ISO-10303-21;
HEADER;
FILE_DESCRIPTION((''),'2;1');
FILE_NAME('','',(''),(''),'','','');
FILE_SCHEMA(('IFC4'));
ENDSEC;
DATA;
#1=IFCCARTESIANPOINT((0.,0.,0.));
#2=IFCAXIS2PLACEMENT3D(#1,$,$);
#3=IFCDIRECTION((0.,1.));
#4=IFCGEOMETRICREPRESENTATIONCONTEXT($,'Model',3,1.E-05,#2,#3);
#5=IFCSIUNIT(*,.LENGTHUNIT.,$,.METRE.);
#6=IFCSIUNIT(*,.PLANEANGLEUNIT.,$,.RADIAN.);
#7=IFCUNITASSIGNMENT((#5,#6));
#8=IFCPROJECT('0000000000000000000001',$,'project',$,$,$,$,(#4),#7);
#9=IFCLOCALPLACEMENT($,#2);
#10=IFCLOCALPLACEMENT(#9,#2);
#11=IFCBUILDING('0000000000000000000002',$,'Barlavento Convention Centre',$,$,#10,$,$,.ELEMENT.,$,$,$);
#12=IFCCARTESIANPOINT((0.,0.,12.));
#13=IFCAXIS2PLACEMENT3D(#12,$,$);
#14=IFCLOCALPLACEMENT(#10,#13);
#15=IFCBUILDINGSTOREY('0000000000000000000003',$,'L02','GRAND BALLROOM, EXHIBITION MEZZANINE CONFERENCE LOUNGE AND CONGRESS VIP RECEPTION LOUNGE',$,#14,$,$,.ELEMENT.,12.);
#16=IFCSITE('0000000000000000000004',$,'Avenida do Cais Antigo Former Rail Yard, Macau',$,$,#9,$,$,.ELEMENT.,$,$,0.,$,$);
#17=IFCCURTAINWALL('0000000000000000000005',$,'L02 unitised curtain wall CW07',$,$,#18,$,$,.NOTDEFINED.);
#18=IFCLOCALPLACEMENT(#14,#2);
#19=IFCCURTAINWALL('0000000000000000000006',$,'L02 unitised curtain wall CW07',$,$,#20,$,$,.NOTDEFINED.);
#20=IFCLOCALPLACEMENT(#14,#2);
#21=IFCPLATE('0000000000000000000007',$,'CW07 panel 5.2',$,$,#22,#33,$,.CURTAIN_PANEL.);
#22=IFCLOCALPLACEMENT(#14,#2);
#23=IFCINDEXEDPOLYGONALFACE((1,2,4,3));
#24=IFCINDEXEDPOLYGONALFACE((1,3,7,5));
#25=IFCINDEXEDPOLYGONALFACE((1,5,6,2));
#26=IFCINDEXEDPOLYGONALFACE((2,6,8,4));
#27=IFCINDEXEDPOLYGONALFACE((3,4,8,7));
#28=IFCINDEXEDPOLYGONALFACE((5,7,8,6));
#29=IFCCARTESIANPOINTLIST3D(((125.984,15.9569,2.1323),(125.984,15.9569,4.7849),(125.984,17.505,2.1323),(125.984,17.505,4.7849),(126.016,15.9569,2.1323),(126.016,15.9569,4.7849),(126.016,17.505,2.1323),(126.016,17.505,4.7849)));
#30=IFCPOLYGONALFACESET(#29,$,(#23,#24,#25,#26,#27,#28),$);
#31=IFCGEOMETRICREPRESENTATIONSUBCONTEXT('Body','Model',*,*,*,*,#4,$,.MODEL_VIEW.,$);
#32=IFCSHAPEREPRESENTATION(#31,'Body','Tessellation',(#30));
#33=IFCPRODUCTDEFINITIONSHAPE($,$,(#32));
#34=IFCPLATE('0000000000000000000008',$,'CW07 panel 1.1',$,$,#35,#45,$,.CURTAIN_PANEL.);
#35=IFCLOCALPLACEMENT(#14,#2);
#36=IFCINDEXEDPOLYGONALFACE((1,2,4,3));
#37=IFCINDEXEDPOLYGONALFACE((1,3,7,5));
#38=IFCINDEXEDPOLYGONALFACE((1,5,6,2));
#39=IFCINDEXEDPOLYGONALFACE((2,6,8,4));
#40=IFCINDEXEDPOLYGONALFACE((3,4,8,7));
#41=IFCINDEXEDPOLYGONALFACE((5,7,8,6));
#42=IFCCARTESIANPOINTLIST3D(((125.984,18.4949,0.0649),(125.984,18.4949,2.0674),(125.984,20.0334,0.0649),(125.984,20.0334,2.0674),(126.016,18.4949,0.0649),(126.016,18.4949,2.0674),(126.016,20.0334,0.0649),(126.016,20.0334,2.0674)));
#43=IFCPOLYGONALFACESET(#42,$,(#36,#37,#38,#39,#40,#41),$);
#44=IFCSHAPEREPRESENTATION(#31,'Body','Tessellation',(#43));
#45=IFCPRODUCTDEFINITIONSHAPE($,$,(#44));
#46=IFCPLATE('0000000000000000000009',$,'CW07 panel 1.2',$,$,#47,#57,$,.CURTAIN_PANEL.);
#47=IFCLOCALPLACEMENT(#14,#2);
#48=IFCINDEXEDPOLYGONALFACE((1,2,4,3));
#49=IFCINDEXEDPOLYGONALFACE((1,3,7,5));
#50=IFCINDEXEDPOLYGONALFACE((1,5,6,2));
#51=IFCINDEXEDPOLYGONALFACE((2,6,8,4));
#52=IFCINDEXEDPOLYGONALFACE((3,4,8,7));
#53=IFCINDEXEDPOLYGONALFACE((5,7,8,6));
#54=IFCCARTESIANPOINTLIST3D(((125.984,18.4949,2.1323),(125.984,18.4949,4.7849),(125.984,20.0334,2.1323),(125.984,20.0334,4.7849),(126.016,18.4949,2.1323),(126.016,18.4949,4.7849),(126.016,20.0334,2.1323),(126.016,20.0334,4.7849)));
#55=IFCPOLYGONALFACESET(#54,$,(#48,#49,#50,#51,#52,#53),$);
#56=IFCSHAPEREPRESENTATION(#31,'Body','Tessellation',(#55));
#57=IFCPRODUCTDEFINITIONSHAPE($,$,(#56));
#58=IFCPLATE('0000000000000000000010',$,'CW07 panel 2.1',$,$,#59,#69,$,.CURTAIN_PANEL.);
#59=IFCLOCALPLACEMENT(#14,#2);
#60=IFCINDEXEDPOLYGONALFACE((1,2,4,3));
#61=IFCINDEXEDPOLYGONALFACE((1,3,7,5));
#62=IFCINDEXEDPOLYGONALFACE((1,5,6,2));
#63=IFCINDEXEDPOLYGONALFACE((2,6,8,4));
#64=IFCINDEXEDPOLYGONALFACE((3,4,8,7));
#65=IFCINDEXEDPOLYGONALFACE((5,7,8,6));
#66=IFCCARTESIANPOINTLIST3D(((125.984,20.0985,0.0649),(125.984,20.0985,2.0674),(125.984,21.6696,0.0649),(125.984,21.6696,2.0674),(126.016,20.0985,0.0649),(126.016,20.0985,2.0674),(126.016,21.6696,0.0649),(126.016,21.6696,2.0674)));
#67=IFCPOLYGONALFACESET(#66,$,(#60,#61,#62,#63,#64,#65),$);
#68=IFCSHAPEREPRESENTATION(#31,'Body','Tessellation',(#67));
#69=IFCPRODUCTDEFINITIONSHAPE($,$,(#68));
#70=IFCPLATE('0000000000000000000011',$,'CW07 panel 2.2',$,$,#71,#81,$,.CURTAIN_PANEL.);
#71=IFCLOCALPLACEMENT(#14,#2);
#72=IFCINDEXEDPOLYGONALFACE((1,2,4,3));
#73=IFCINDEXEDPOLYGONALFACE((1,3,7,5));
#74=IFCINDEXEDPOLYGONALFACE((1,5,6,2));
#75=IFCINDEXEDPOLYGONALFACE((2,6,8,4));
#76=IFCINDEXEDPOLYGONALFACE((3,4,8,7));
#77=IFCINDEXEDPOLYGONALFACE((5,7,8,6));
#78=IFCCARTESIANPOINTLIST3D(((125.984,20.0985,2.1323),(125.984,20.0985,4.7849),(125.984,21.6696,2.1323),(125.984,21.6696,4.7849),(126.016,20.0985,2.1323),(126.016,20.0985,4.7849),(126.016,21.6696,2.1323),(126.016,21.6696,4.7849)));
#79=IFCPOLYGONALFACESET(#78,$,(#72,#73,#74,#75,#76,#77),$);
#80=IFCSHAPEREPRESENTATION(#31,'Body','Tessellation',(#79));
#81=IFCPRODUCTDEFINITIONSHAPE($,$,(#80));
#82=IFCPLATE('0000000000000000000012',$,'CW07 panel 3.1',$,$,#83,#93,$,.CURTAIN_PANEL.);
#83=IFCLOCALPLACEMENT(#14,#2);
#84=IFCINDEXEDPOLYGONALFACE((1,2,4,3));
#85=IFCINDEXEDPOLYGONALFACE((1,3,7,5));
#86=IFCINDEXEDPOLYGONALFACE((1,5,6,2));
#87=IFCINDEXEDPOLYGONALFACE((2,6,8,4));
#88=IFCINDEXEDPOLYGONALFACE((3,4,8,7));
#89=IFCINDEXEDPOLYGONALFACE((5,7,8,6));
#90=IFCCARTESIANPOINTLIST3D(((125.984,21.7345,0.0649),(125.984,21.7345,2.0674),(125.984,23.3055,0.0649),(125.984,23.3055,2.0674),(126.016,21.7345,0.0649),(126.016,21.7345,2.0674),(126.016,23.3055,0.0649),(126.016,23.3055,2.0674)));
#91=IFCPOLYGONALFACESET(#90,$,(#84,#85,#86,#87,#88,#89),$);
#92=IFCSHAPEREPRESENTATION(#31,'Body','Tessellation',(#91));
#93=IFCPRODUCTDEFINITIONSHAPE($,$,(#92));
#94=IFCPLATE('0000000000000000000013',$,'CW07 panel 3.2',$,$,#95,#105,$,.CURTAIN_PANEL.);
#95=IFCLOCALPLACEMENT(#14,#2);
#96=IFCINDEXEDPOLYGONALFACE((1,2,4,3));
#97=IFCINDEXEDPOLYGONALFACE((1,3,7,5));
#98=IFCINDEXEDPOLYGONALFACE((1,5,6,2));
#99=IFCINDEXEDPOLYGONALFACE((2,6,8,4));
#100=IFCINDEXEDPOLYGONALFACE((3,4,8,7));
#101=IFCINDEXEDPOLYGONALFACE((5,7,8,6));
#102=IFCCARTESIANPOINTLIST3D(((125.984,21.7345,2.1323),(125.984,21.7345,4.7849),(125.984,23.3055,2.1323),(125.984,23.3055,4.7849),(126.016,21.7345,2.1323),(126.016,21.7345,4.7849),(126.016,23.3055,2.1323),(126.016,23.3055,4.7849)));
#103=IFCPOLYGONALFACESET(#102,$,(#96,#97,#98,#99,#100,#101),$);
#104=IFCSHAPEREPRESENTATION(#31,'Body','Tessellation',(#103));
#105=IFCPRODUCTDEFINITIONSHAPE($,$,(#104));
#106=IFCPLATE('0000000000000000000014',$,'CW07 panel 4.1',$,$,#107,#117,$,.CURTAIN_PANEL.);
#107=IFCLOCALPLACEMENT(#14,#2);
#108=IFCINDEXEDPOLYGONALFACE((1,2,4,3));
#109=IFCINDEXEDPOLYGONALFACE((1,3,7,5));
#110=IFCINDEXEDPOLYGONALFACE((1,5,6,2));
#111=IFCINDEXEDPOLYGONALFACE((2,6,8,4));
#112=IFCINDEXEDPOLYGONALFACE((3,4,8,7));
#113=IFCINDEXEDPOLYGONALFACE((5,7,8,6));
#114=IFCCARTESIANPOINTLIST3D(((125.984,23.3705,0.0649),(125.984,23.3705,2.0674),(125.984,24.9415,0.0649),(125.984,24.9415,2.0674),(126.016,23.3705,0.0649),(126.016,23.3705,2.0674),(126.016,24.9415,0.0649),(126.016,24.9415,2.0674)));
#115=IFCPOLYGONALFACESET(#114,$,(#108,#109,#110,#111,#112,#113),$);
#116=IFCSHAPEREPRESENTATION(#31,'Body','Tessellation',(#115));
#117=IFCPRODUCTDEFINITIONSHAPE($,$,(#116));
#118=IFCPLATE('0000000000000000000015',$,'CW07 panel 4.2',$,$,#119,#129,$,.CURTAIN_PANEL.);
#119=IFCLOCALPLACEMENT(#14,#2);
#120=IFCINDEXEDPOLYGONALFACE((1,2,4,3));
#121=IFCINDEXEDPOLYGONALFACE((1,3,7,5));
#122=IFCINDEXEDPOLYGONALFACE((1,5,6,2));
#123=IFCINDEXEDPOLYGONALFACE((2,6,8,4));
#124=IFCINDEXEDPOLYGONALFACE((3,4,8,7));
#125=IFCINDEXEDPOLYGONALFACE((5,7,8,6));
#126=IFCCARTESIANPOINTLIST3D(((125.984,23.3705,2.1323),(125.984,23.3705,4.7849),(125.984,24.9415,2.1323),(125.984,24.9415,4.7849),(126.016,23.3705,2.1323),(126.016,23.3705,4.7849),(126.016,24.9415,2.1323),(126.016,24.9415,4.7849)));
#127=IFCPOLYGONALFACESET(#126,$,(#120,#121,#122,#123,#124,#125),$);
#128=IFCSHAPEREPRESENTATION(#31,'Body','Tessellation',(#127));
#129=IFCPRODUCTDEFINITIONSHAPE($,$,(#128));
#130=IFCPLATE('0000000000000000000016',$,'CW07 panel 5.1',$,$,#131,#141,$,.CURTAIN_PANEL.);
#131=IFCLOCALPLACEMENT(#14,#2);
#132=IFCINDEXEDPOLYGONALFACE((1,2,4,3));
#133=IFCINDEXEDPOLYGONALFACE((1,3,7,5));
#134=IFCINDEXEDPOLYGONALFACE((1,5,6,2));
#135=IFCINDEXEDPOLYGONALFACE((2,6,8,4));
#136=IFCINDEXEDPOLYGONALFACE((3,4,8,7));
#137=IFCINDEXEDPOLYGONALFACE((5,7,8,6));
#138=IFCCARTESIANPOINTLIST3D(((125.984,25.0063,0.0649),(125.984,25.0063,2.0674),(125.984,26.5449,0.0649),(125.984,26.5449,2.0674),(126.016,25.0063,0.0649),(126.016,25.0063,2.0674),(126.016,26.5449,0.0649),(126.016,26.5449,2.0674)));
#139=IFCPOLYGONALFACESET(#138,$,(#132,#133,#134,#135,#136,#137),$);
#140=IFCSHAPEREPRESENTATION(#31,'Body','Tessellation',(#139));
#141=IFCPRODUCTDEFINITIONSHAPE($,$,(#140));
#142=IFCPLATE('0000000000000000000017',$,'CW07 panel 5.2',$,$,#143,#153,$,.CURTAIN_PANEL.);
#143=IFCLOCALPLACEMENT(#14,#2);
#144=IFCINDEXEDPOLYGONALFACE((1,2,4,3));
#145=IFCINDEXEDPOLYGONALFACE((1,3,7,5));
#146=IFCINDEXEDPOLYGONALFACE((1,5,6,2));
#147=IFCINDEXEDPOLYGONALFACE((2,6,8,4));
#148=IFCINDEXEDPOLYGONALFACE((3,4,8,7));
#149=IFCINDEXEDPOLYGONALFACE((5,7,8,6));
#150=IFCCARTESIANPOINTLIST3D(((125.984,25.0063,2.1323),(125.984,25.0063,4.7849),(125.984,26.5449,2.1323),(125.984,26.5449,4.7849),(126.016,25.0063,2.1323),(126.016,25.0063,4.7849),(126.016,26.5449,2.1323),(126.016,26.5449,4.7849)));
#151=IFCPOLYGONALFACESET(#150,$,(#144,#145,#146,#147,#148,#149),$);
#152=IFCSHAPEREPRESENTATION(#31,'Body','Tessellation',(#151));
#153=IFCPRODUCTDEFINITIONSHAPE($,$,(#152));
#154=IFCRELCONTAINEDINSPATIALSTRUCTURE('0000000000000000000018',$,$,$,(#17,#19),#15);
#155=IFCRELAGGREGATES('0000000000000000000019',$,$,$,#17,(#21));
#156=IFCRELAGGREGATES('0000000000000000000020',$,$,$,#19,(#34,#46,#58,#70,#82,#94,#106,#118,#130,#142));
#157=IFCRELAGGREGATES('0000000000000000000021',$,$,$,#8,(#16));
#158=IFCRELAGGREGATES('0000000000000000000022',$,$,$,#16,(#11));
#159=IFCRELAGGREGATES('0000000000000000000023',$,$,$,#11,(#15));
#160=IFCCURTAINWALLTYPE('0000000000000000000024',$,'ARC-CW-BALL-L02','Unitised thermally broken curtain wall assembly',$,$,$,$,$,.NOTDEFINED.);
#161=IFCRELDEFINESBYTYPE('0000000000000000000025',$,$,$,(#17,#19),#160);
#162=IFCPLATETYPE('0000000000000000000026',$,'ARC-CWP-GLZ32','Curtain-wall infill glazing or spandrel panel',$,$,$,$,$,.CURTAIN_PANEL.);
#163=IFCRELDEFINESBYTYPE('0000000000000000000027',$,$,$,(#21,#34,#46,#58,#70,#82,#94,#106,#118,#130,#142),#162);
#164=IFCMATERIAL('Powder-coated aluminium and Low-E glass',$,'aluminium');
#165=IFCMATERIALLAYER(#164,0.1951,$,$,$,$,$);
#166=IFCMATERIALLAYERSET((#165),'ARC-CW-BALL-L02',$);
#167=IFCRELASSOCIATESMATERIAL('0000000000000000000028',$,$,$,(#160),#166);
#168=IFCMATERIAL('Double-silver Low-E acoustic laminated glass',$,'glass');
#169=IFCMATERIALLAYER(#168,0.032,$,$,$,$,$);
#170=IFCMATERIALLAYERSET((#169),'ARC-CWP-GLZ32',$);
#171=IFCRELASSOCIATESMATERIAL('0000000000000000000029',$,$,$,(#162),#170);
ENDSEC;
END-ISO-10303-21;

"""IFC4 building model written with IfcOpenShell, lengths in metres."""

from ifc_helpers import new_model, si_unit, direction, frame, origin, origin_2d, place, context, subcontext, project, spatial, rectangle, extrude, material, layer, layer_set, type_object, element, aggregate, save


model = new_model("IFC4")

# Units and contexts
model_context = context("Model", 3, precision=1e-05, world=origin(), true_north=direction((0.0, 1.0)))
body_context = subcontext(model_context, "Body", "Model", "MODEL_VIEW")
ifc_project = project(units=[si_unit("LENGTHUNIT", "METRE"), si_unit("PLANEANGLEUNIT", "RADIAN")], contexts=[model_context])

# Site, building, storey
site_placement = place(None, origin())
site = spatial("IfcSite", under=ifc_project, at=site_placement, Name="Avenida do Cais Antigo Former Rail Yard, Macau", CompositionType="ELEMENT", RefElevation=0.0)
building_placement = place(site_placement, origin())
building = spatial("IfcBuilding", under=site, at=building_placement, Name="Barlavento Convention Centre", CompositionType="ELEMENT")
storey_placement = place(building_placement, frame((0.0, 0.0, 12.0)))
storey = spatial("IfcBuildingStorey", under=building, at=storey_placement, Name="L02", Description="GRAND BALLROOM, EXHIBITION MEZZANINE CONFERENCE LOUNGE AND CONGRESS VIP RECEPTION LOUNGE", CompositionType="ELEMENT", Elevation=12.0)

# Curtain wall
ifc_material_1 = material(Name="Powder-coated aluminium and Low-E glass", Category="aluminium")
ifc_layer_1 = layer(ifc_material_1, 0.1951)
ifc_layer_set_1 = layer_set([ifc_layer_1], Name="ARC-CW-BALL-L02")
curtain_wall_type = type_object("IfcCurtainWallType", Name="ARC-CW-BALL-L02", Description="Unitised thermally broken curtain wall assembly", PredefinedType="NOTDEFINED", material=ifc_layer_set_1)
curtain_wall_1_placement = place(storey_placement, origin())
curtain_wall_1 = element("IfcCurtainWall", 1, at=curtain_wall_1_placement, inside=storey, type_object=curtain_wall_type, Name="L02 unitised curtain wall CW07", PredefinedType="NOTDEFINED")

# Curtain wall
curtain_wall_2_placement = place(storey_placement, origin())
curtain_wall_2 = element("IfcCurtainWall", 2, at=curtain_wall_2_placement, inside=storey, type_object=curtain_wall_type, Name="L02 unitised curtain wall CW07", PredefinedType="NOTDEFINED")

# Plates
ifc_material_2 = material(Name="Double-silver Low-E acoustic laminated glass", Category="glass")
ifc_layer_2 = layer(ifc_material_2, 0.032)
ifc_layer_set_2 = layer_set([ifc_layer_2], Name="ARC-CWP-GLZ32")
plate_type = type_object("IfcPlateType", Name="ARC-CWP-GLZ32", Description="Curtain-wall infill glazing or spandrel panel", PredefinedType="CURTAIN_PANEL", material=ifc_layer_set_2)
plate_1_placement = place(storey_placement, frame((126.0, 16.731, 2.1323), z_axis=(0.0, 0.0, 1.0), x_axis=(0.0, 1.0, 0.0)))
plate_1 = element("IfcPlate", 3, at=plate_1_placement, type_object=plate_type, Name="CW07 panel 5.2", PredefinedType="CURTAIN_PANEL", context=body_context, shape_type="SweptSolid", body=[
    extrude(rectangle(XDim=1.5481, YDim=0.032, at=origin_2d()), origin(), (0.0, 0.0, 1.0), 2.6526),
])
aggregate(curtain_wall_1, [plate_1])
plate_2_placement = place(storey_placement, frame((126.0, 19.2642, 0.0649), z_axis=(0.0, 0.0, 1.0), x_axis=(0.0, 1.0, 0.0)))
plate_2 = element("IfcPlate", 4, at=plate_2_placement, type_object=plate_type, Name="CW07 panel 1.1", PredefinedType="CURTAIN_PANEL", context=body_context, shape_type="SweptSolid", body=[
    extrude(rectangle(XDim=1.5386, YDim=0.032, at=origin_2d()), origin(), (0.0, 0.0, 1.0), 2.0024),
])
plate_3_placement = place(storey_placement, frame((126.0, 19.2642, 2.1323), z_axis=(0.0, 0.0, 1.0), x_axis=(0.0, 1.0, 0.0)))
plate_3 = element("IfcPlate", 5, at=plate_3_placement, type_object=plate_type, Name="CW07 panel 1.2", PredefinedType="CURTAIN_PANEL", context=body_context, shape_type="SweptSolid", body=[
    extrude(rectangle(XDim=1.5386, YDim=0.032, at=origin_2d()), origin(), (0.0, 0.0, 1.0), 2.6526),
])
plate_4_placement = place(storey_placement, frame((126.0, 20.884, 0.0649), z_axis=(0.0, 0.0, 1.0), x_axis=(0.0, 1.0, 0.0)))
plate_4 = element("IfcPlate", 6, at=plate_4_placement, type_object=plate_type, Name="CW07 panel 2.1", PredefinedType="CURTAIN_PANEL", context=body_context, shape_type="SweptSolid", body=[
    extrude(rectangle(XDim=1.571, YDim=0.032, at=origin_2d()), origin(), (0.0, 0.0, 1.0), 2.0024),
])
plate_5_placement = place(storey_placement, frame((126.0, 20.884, 2.1323), z_axis=(0.0, 0.0, 1.0), x_axis=(0.0, 1.0, 0.0)))
plate_5 = element("IfcPlate", 7, at=plate_5_placement, type_object=plate_type, Name="CW07 panel 2.2", PredefinedType="CURTAIN_PANEL", context=body_context, shape_type="SweptSolid", body=[
    extrude(rectangle(XDim=1.571, YDim=0.032, at=origin_2d()), origin(), (0.0, 0.0, 1.0), 2.6526),
])
plate_6_placement = place(storey_placement, frame((126.0, 22.52, 0.0649), z_axis=(0.0, 0.0, 1.0), x_axis=(0.0, 1.0, 0.0)))
plate_6 = element("IfcPlate", 8, at=plate_6_placement, type_object=plate_type, Name="CW07 panel 3.1", PredefinedType="CURTAIN_PANEL", context=body_context, shape_type="SweptSolid", body=[
    extrude(rectangle(XDim=1.571, YDim=0.032, at=origin_2d()), origin(), (0.0, 0.0, 1.0), 2.0024),
])
plate_7_placement = place(storey_placement, frame((126.0, 22.52, 2.1323), z_axis=(0.0, 0.0, 1.0), x_axis=(0.0, 1.0, 0.0)))
plate_7 = element("IfcPlate", 9, at=plate_7_placement, type_object=plate_type, Name="CW07 panel 3.2", PredefinedType="CURTAIN_PANEL", context=body_context, shape_type="SweptSolid", body=[
    extrude(rectangle(XDim=1.571, YDim=0.032, at=origin_2d()), origin(), (0.0, 0.0, 1.0), 2.6526),
])
plate_8_placement = place(storey_placement, frame((126.0, 24.156, 0.0649), z_axis=(0.0, 0.0, 1.0), x_axis=(0.0, 1.0, 0.0)))
plate_8 = element("IfcPlate", 10, at=plate_8_placement, type_object=plate_type, Name="CW07 panel 4.1", PredefinedType="CURTAIN_PANEL", context=body_context, shape_type="SweptSolid", body=[
    extrude(rectangle(XDim=1.571, YDim=0.032, at=origin_2d()), origin(), (0.0, 0.0, 1.0), 2.0024),
])
plate_9_placement = place(storey_placement, frame((126.0, 24.156, 2.1323), z_axis=(0.0, 0.0, 1.0), x_axis=(0.0, 1.0, 0.0)))
plate_9 = element("IfcPlate", 11, at=plate_9_placement, type_object=plate_type, Name="CW07 panel 4.2", PredefinedType="CURTAIN_PANEL", context=body_context, shape_type="SweptSolid", body=[
    extrude(rectangle(XDim=1.571, YDim=0.032, at=origin_2d()), origin(), (0.0, 0.0, 1.0), 2.6526),
])
plate_10_placement = place(storey_placement, frame((126.0, 25.7756, 0.0649), z_axis=(0.0, 0.0, 1.0), x_axis=(0.0, 1.0, 0.0)))
plate_10 = element("IfcPlate", 12, at=plate_10_placement, type_object=plate_type, Name="CW07 panel 5.1", PredefinedType="CURTAIN_PANEL", context=body_context, shape_type="SweptSolid", body=[
    extrude(rectangle(XDim=1.5386, YDim=0.032, at=origin_2d()), origin(), (0.0, 0.0, 1.0), 2.0024),
])
plate_11_placement = place(storey_placement, frame((126.0, 25.7756, 2.1323), z_axis=(0.0, 0.0, 1.0), x_axis=(0.0, 1.0, 0.0)))
plate_11 = element("IfcPlate", 13, at=plate_11_placement, type_object=plate_type, Name="CW07 panel 5.2", PredefinedType="CURTAIN_PANEL", context=body_context, shape_type="SweptSolid", body=[
    extrude(rectangle(XDim=1.5386, YDim=0.032, at=origin_2d()), origin(), (0.0, 0.0, 1.0), 2.6526),
])
aggregate(curtain_wall_2, [plate_2, plate_3, plate_4, plate_5, plate_6, plate_7, plate_8, plate_9, plate_10, plate_11])

save(model, "model.ifc")
